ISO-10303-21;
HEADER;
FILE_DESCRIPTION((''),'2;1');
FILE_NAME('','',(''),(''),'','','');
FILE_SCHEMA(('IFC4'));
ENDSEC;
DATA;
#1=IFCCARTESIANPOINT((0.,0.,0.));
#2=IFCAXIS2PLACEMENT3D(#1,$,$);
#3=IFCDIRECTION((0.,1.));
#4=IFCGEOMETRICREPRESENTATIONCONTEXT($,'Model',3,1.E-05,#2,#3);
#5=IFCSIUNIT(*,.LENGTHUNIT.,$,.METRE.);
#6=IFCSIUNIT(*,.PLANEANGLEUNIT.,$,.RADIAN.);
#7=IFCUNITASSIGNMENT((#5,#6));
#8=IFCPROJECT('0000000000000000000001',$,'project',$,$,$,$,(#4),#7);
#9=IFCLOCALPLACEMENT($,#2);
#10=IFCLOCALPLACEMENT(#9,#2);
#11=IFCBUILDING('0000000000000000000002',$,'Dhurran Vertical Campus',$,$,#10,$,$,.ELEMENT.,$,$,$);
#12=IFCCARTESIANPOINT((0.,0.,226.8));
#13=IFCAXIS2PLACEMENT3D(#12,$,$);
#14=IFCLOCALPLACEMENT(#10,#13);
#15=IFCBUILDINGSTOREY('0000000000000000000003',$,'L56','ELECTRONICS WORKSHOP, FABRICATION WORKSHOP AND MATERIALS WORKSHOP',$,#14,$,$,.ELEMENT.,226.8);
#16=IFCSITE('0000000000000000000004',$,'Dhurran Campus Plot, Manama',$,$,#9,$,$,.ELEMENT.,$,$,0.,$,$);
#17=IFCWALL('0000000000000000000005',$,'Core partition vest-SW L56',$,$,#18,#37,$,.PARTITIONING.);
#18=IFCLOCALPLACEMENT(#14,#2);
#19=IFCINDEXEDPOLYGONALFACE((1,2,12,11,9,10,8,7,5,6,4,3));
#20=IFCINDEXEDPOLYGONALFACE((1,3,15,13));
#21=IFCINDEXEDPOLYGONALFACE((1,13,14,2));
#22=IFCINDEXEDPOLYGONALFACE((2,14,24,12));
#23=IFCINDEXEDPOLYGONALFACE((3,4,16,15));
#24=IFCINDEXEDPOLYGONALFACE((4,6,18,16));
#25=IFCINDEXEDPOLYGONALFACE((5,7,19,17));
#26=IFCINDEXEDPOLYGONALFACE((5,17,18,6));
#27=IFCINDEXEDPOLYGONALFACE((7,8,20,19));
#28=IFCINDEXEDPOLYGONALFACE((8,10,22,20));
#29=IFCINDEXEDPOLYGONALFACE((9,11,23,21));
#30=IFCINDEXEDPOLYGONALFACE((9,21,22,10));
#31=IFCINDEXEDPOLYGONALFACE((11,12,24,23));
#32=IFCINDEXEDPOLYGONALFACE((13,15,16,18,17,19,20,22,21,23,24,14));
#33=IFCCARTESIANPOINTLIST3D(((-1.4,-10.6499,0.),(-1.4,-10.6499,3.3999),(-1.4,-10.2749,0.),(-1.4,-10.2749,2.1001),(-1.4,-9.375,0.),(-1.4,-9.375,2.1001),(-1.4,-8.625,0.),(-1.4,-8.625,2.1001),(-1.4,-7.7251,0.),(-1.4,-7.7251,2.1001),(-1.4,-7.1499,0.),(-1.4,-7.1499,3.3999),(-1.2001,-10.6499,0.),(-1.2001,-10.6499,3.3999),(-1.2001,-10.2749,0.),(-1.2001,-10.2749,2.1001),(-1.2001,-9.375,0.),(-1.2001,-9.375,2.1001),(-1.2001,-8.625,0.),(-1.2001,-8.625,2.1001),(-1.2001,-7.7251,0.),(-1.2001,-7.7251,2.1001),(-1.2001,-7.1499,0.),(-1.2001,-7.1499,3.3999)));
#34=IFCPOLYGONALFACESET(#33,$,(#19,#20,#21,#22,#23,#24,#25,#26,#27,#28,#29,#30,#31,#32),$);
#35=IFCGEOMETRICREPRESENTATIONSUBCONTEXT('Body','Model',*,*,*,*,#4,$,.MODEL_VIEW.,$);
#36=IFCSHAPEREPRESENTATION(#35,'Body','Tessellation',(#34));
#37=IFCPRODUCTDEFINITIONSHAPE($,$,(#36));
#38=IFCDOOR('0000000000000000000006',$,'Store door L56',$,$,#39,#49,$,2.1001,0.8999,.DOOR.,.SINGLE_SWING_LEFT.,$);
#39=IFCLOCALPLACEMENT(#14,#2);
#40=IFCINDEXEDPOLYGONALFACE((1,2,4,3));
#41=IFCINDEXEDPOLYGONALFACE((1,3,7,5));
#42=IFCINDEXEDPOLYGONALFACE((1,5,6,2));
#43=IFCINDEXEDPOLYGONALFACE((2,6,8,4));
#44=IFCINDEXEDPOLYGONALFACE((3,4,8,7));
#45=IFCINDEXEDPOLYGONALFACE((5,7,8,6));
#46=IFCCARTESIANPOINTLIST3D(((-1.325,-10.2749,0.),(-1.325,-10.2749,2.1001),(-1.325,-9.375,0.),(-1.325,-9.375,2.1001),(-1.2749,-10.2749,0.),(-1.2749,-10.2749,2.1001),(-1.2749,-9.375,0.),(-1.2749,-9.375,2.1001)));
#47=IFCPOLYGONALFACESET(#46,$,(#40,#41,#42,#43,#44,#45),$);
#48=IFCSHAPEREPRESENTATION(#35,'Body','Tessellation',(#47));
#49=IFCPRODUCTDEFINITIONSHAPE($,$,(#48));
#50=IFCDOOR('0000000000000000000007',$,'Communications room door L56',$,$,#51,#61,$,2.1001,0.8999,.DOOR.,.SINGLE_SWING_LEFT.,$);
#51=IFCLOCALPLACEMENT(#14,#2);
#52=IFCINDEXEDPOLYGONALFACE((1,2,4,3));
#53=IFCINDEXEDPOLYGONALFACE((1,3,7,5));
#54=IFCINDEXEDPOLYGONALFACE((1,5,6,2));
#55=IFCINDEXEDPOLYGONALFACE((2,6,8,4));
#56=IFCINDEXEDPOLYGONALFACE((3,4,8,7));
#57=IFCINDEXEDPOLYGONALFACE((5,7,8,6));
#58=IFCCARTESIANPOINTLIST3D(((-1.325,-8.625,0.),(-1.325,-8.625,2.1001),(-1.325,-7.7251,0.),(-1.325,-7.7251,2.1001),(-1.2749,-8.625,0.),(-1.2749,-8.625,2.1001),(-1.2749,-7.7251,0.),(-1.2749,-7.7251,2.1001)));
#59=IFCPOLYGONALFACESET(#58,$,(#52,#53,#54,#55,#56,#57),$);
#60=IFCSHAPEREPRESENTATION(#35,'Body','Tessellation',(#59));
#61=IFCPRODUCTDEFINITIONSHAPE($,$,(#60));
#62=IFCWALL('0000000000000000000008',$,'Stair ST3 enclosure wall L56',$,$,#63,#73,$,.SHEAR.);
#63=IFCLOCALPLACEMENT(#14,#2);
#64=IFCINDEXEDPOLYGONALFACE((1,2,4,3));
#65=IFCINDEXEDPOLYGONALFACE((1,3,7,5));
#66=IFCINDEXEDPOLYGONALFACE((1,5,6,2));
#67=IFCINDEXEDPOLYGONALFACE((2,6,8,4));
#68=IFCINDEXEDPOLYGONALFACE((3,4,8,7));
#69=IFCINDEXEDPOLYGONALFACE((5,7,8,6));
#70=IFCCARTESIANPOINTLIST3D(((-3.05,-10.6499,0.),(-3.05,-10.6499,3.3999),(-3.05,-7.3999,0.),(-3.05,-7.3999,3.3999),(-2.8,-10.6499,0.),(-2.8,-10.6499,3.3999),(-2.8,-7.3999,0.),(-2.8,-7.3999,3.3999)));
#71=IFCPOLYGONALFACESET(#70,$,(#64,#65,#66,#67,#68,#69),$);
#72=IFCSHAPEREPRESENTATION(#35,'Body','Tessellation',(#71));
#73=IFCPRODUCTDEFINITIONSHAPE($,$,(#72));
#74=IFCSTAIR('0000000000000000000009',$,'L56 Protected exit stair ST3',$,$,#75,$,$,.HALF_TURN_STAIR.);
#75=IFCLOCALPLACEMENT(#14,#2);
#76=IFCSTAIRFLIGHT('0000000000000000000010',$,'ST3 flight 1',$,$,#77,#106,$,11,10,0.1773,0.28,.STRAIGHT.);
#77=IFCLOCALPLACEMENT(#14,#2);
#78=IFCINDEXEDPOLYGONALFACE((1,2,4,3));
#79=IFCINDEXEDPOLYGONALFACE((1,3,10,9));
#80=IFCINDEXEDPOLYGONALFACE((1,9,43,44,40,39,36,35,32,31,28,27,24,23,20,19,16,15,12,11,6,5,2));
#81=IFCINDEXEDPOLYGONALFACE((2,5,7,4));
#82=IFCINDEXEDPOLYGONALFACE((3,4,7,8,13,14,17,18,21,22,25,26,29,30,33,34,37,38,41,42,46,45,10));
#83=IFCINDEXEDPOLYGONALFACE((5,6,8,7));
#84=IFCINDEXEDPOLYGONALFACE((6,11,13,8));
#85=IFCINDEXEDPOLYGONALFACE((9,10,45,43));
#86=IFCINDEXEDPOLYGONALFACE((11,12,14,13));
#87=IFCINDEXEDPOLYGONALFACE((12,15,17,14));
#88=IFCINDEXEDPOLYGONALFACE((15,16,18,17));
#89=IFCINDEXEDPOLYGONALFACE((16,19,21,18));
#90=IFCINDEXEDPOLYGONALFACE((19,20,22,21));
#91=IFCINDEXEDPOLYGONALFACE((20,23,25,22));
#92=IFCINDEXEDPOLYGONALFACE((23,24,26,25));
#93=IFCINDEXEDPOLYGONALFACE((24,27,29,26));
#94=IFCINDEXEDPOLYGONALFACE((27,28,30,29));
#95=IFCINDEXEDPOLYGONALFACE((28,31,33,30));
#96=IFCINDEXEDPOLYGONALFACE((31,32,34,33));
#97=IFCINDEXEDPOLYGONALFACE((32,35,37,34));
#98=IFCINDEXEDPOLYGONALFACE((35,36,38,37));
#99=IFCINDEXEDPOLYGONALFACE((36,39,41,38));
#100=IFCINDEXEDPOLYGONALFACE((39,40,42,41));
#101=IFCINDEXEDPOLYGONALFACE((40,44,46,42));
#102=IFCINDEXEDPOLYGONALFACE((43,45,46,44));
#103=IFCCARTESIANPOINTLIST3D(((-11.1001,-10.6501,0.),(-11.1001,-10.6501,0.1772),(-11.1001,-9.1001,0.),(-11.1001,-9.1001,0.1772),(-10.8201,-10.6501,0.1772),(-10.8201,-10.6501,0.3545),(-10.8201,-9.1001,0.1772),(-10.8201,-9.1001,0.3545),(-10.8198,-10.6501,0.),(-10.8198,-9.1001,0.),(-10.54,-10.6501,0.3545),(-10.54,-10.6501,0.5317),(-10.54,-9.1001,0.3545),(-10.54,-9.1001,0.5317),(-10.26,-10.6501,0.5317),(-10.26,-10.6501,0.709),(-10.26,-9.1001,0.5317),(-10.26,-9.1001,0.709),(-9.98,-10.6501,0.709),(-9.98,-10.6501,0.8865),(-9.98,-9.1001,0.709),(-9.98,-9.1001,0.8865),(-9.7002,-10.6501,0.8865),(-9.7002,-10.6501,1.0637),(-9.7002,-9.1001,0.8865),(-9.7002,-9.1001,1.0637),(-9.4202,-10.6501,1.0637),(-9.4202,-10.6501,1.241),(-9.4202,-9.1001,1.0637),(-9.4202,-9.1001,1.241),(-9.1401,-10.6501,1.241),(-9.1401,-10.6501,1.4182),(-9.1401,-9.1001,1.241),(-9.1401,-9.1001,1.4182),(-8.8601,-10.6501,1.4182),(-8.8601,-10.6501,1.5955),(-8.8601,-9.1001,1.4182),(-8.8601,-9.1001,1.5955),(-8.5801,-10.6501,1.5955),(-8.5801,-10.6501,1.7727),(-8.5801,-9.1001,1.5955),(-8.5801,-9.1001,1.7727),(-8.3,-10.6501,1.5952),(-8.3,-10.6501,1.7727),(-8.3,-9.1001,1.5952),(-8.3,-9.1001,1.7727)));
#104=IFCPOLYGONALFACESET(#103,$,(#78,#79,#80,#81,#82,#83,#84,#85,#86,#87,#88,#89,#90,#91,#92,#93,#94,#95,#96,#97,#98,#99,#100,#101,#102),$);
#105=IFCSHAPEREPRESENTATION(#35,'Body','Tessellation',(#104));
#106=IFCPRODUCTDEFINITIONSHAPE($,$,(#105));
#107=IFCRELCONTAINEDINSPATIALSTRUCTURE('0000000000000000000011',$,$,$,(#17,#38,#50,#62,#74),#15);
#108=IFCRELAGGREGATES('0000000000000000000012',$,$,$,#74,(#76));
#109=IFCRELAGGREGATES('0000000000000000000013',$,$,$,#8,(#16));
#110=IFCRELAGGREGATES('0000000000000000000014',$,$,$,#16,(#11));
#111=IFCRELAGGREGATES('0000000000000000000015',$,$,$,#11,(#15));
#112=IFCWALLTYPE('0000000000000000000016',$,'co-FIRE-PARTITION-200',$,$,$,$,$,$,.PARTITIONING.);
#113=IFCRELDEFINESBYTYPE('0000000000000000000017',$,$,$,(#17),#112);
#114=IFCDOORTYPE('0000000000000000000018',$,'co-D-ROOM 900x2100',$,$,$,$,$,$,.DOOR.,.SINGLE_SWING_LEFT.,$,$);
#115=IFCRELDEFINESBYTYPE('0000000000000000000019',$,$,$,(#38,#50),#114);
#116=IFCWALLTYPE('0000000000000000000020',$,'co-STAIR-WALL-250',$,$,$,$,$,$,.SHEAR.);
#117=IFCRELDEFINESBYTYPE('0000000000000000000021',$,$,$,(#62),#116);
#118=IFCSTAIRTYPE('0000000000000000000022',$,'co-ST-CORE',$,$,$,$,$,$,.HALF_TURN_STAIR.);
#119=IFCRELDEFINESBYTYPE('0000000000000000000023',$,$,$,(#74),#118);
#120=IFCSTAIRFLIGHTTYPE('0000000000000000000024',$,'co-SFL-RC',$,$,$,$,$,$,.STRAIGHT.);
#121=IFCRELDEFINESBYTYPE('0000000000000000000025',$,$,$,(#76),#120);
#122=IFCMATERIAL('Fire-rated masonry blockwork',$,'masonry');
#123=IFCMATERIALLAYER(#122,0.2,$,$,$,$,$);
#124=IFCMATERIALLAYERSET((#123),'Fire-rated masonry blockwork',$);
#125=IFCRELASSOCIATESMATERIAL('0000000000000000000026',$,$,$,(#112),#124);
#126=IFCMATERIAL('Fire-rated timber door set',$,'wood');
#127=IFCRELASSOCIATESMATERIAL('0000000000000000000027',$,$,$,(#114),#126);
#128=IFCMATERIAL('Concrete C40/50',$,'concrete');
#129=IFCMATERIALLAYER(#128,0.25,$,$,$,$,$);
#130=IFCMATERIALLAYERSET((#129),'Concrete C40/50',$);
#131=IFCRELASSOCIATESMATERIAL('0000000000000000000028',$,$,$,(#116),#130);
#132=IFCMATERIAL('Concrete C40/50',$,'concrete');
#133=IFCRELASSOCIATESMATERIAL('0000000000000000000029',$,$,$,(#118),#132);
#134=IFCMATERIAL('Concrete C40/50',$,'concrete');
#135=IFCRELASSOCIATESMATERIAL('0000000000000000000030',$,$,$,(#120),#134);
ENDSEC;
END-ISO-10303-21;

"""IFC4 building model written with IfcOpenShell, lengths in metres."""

from ifc_helpers import new_model, si_unit, direction, frame, frame_2d, origin, place, context, subcontext, project, spatial, polyline, rectangle, outline, extrude, material, layer, layer_set, type_object, element, fill, aggregate, save


model = new_model("IFC4")

# Units and contexts
model_context = context("Model", 3, precision=1e-05, world=origin(), true_north=direction((0.0, 1.0)))
body_context = subcontext(model_context, "Body", "Model", "MODEL_VIEW")
ifc_project = project(units=[si_unit("LENGTHUNIT", "METRE"), si_unit("PLANEANGLEUNIT", "RADIAN")], contexts=[model_context])

# Site, building, storey
site_placement = place(None, origin())
site = spatial("IfcSite", under=ifc_project, at=site_placement, Name="Dhurran Campus Plot, Manama", CompositionType="ELEMENT", RefElevation=0.0)
building_placement = place(site_placement, origin())
building = spatial("IfcBuilding", under=site, at=building_placement, Name="Dhurran Vertical Campus", CompositionType="ELEMENT")
storey_placement = place(building_placement, frame((0.0, 0.0, 226.8)))
storey = spatial("IfcBuildingStorey", under=building, at=storey_placement, Name="L56", Description="ELECTRONICS WORKSHOP, FABRICATION WORKSHOP AND MATERIALS WORKSHOP", CompositionType="ELEMENT", Elevation=226.8)

# Shared definitions
ifc_material_1 = material(Name="Fire-rated masonry blockwork", Category="masonry")
ifc_layer_1 = layer(ifc_material_1, 0.2)
ifc_layer_set_1 = layer_set([ifc_layer_1], Name="Fire-rated masonry blockwork")
wall_type_1 = type_object("IfcWallType", Name="co-FIRE-PARTITION-200", PredefinedType="PARTITIONING", material=ifc_layer_set_1)

# Wall, openings, doors
wall_1_placement = place(storey_placement, frame((-1.3, -10.6499, 0.0), z_axis=(0.0, 0.0, 1.0), x_axis=(0.0, 1.0, 0.0)))
wall_1 = element("IfcWall", 1, at=wall_1_placement, inside=storey, type_object=wall_type_1, Name="Core partition vest-SW L56", PredefinedType="PARTITIONING", context=body_context, shape_type="SweptSolid", body=[
    extrude(rectangle(XDim=3.5, YDim=0.2, at=frame_2d((1.75, 0.0))), origin(), (0.0, 0.0, 1.0), 3.3999),
])
opening_1_placement = place(wall_1_placement, frame((0.375, 0.0, 0.0)))
opening_1 = element("IfcOpeningElement", 2, at=opening_1_placement, cuts=wall_1, PredefinedType="OPENING", context=body_context, shape_type="SweptSolid", body=[
    extrude(rectangle(XDim=0.8999, YDim=2.1001, at=frame_2d((0.45, 1.05))), frame((0.0, 0.1099, 0.0), z_axis=(0.0, -1.0, 0.0), x_axis=(1.0, 0.0, 0.0)), (0.0, 0.0, 1.0), 0.22),
])
opening_2_placement = place(wall_1_placement, frame((2.0249, 0.0, 0.0)))
opening_2 = element("IfcOpeningElement", 3, at=opening_2_placement, cuts=wall_1, PredefinedType="OPENING", context=body_context, shape_type="SweptSolid", body=[
    extrude(rectangle(XDim=0.8999, YDim=2.1001, at=frame_2d((0.45, 1.05))), frame((0.0, 0.1099, 0.0), z_axis=(0.0, -1.0, 0.0), x_axis=(1.0, 0.0, 0.0)), (0.0, 0.0, 1.0), 0.22),
])
ifc_material_2 = material(Name="Fire-rated timber door set", Category="wood")
door_type = type_object("IfcDoorType", Name="co-D-ROOM 900x2100", OperationType="SINGLE_SWING_LEFT", PredefinedType="DOOR", material=ifc_material_2)
door_1_placement = place(opening_1_placement, origin())
door_1 = element("IfcDoor", 4, at=door_1_placement, inside=storey, type_object=door_type, Name="Store door L56", OperationType="SINGLE_SWING_LEFT", OverallHeight=2.1001, OverallWidth=0.8999, PredefinedType="DOOR", context=body_context, shape_type="SweptSolid", body=[
    extrude(rectangle(XDim=0.8999, YDim=2.1001, at=frame_2d((0.45, 1.05))), frame((0.0, 0.0249, 0.0), z_axis=(0.0, -1.0, 0.0), x_axis=(1.0, 0.0, 0.0)), (0.0, 0.0, 1.0), 0.05),
])
fill(opening_1, door_1)
door_2_placement = place(opening_2_placement, origin())
door_2 = element("IfcDoor", 5, at=door_2_placement, inside=storey, type_object=door_type, Name="Communications room door L56", OperationType="SINGLE_SWING_LEFT", OverallHeight=2.1001, OverallWidth=0.8999, PredefinedType="DOOR", context=body_context, shape_type="SweptSolid", body=[
    extrude(rectangle(XDim=0.8999, YDim=2.1001, at=frame_2d((0.45, 1.05))), frame((0.0, 0.0249, 0.0), z_axis=(0.0, -1.0, 0.0), x_axis=(1.0, 0.0, 0.0)), (0.0, 0.0, 1.0), 0.05),
])
fill(opening_2, door_2)

# Wall
ifc_material_3 = material(Name="Concrete C40/50", Category="concrete")
ifc_layer_2 = layer(ifc_material_3, 0.25)
ifc_layer_set_2 = layer_set([ifc_layer_2], Name="Concrete C40/50")
wall_type_2 = type_object("IfcWallType", Name="co-STAIR-WALL-250", PredefinedType="SHEAR", material=ifc_layer_set_2)
wall_2_placement = place(storey_placement, frame((-2.925, -10.6499, 0.0), z_axis=(0.0, 0.0, 1.0), x_axis=(0.0, 1.0, 0.0)))
element("IfcWall", 6, at=wall_2_placement, inside=storey, type_object=wall_type_2, Name="Stair ST3 enclosure wall L56", PredefinedType="SHEAR", context=body_context, shape_type="SweptSolid", body=[
    extrude(rectangle(XDim=3.25, YDim=0.25, at=frame_2d((1.625, 0.0))), origin(), (0.0, 0.0, 1.0), 3.3999),
])

# Stair, stair flight
ifc_material_4 = material(Name="Concrete C40/50", Category="concrete")
stair_type = type_object("IfcStairType", Name="co-ST-CORE", PredefinedType="HALF_TURN_STAIR", material=ifc_material_4)
stair_placement = place(storey_placement, origin())
stair = element("IfcStair", 7, at=stair_placement, inside=storey, type_object=stair_type, Name="L56 Protected exit stair ST3", PredefinedType="HALF_TURN_STAIR")
ifc_material_5 = material(Name="Concrete C40/50", Category="concrete")
stair_flight_type = type_object("IfcStairFlightType", Name="co-SFL-RC", PredefinedType="STRAIGHT", material=ifc_material_5)
stair_flight_placement = place(storey_placement, frame((-11.1001, -9.875, 0.0), z_axis=(0.0, 0.0, 1.0), x_axis=(1.0, 0.0, 0.0)))
stair_flight = element("IfcStairFlight", 8, at=stair_flight_placement, type_object=stair_flight_type, Name="ST3 flight 1", NumberOfRisers=11, NumberOfTreads=10, PredefinedType="STRAIGHT", RiserHeight=0.1773, TreadLength=0.28, context=body_context, shape_type="SweptSolid", body=[
    extrude(outline(polyline([(0.0, 0.0), (0.0, 0.1772), (0.28, 0.1772), (0.28, 0.3545), (0.5601, 0.3545), (0.5601, 0.5317), (0.8401, 0.5317), (0.8401, 0.709), (1.1201, 0.709), (1.1201, 0.8865), (1.3999, 0.8865), (1.3999, 1.0637), (1.6799, 1.0637), (1.6799, 1.241), (1.96, 1.241), (1.96, 1.4182), (2.24, 1.4182), (2.24, 1.5955), (2.52, 1.5955), (2.52, 1.7727), (2.8, 1.7727), (2.8, 1.95), (2.8, 1.5952), (0.2803, 0.0), (0.0, 0.0)])), frame((0.0, 0.7749, 0.0), z_axis=(0.0, -1.0, 0.0), x_axis=(1.0, 0.0, 0.0)), (0.0, 0.0, 1.0), 1.55),
])
aggregate(stair, [stair_flight])

save(model, "model.ifc")
